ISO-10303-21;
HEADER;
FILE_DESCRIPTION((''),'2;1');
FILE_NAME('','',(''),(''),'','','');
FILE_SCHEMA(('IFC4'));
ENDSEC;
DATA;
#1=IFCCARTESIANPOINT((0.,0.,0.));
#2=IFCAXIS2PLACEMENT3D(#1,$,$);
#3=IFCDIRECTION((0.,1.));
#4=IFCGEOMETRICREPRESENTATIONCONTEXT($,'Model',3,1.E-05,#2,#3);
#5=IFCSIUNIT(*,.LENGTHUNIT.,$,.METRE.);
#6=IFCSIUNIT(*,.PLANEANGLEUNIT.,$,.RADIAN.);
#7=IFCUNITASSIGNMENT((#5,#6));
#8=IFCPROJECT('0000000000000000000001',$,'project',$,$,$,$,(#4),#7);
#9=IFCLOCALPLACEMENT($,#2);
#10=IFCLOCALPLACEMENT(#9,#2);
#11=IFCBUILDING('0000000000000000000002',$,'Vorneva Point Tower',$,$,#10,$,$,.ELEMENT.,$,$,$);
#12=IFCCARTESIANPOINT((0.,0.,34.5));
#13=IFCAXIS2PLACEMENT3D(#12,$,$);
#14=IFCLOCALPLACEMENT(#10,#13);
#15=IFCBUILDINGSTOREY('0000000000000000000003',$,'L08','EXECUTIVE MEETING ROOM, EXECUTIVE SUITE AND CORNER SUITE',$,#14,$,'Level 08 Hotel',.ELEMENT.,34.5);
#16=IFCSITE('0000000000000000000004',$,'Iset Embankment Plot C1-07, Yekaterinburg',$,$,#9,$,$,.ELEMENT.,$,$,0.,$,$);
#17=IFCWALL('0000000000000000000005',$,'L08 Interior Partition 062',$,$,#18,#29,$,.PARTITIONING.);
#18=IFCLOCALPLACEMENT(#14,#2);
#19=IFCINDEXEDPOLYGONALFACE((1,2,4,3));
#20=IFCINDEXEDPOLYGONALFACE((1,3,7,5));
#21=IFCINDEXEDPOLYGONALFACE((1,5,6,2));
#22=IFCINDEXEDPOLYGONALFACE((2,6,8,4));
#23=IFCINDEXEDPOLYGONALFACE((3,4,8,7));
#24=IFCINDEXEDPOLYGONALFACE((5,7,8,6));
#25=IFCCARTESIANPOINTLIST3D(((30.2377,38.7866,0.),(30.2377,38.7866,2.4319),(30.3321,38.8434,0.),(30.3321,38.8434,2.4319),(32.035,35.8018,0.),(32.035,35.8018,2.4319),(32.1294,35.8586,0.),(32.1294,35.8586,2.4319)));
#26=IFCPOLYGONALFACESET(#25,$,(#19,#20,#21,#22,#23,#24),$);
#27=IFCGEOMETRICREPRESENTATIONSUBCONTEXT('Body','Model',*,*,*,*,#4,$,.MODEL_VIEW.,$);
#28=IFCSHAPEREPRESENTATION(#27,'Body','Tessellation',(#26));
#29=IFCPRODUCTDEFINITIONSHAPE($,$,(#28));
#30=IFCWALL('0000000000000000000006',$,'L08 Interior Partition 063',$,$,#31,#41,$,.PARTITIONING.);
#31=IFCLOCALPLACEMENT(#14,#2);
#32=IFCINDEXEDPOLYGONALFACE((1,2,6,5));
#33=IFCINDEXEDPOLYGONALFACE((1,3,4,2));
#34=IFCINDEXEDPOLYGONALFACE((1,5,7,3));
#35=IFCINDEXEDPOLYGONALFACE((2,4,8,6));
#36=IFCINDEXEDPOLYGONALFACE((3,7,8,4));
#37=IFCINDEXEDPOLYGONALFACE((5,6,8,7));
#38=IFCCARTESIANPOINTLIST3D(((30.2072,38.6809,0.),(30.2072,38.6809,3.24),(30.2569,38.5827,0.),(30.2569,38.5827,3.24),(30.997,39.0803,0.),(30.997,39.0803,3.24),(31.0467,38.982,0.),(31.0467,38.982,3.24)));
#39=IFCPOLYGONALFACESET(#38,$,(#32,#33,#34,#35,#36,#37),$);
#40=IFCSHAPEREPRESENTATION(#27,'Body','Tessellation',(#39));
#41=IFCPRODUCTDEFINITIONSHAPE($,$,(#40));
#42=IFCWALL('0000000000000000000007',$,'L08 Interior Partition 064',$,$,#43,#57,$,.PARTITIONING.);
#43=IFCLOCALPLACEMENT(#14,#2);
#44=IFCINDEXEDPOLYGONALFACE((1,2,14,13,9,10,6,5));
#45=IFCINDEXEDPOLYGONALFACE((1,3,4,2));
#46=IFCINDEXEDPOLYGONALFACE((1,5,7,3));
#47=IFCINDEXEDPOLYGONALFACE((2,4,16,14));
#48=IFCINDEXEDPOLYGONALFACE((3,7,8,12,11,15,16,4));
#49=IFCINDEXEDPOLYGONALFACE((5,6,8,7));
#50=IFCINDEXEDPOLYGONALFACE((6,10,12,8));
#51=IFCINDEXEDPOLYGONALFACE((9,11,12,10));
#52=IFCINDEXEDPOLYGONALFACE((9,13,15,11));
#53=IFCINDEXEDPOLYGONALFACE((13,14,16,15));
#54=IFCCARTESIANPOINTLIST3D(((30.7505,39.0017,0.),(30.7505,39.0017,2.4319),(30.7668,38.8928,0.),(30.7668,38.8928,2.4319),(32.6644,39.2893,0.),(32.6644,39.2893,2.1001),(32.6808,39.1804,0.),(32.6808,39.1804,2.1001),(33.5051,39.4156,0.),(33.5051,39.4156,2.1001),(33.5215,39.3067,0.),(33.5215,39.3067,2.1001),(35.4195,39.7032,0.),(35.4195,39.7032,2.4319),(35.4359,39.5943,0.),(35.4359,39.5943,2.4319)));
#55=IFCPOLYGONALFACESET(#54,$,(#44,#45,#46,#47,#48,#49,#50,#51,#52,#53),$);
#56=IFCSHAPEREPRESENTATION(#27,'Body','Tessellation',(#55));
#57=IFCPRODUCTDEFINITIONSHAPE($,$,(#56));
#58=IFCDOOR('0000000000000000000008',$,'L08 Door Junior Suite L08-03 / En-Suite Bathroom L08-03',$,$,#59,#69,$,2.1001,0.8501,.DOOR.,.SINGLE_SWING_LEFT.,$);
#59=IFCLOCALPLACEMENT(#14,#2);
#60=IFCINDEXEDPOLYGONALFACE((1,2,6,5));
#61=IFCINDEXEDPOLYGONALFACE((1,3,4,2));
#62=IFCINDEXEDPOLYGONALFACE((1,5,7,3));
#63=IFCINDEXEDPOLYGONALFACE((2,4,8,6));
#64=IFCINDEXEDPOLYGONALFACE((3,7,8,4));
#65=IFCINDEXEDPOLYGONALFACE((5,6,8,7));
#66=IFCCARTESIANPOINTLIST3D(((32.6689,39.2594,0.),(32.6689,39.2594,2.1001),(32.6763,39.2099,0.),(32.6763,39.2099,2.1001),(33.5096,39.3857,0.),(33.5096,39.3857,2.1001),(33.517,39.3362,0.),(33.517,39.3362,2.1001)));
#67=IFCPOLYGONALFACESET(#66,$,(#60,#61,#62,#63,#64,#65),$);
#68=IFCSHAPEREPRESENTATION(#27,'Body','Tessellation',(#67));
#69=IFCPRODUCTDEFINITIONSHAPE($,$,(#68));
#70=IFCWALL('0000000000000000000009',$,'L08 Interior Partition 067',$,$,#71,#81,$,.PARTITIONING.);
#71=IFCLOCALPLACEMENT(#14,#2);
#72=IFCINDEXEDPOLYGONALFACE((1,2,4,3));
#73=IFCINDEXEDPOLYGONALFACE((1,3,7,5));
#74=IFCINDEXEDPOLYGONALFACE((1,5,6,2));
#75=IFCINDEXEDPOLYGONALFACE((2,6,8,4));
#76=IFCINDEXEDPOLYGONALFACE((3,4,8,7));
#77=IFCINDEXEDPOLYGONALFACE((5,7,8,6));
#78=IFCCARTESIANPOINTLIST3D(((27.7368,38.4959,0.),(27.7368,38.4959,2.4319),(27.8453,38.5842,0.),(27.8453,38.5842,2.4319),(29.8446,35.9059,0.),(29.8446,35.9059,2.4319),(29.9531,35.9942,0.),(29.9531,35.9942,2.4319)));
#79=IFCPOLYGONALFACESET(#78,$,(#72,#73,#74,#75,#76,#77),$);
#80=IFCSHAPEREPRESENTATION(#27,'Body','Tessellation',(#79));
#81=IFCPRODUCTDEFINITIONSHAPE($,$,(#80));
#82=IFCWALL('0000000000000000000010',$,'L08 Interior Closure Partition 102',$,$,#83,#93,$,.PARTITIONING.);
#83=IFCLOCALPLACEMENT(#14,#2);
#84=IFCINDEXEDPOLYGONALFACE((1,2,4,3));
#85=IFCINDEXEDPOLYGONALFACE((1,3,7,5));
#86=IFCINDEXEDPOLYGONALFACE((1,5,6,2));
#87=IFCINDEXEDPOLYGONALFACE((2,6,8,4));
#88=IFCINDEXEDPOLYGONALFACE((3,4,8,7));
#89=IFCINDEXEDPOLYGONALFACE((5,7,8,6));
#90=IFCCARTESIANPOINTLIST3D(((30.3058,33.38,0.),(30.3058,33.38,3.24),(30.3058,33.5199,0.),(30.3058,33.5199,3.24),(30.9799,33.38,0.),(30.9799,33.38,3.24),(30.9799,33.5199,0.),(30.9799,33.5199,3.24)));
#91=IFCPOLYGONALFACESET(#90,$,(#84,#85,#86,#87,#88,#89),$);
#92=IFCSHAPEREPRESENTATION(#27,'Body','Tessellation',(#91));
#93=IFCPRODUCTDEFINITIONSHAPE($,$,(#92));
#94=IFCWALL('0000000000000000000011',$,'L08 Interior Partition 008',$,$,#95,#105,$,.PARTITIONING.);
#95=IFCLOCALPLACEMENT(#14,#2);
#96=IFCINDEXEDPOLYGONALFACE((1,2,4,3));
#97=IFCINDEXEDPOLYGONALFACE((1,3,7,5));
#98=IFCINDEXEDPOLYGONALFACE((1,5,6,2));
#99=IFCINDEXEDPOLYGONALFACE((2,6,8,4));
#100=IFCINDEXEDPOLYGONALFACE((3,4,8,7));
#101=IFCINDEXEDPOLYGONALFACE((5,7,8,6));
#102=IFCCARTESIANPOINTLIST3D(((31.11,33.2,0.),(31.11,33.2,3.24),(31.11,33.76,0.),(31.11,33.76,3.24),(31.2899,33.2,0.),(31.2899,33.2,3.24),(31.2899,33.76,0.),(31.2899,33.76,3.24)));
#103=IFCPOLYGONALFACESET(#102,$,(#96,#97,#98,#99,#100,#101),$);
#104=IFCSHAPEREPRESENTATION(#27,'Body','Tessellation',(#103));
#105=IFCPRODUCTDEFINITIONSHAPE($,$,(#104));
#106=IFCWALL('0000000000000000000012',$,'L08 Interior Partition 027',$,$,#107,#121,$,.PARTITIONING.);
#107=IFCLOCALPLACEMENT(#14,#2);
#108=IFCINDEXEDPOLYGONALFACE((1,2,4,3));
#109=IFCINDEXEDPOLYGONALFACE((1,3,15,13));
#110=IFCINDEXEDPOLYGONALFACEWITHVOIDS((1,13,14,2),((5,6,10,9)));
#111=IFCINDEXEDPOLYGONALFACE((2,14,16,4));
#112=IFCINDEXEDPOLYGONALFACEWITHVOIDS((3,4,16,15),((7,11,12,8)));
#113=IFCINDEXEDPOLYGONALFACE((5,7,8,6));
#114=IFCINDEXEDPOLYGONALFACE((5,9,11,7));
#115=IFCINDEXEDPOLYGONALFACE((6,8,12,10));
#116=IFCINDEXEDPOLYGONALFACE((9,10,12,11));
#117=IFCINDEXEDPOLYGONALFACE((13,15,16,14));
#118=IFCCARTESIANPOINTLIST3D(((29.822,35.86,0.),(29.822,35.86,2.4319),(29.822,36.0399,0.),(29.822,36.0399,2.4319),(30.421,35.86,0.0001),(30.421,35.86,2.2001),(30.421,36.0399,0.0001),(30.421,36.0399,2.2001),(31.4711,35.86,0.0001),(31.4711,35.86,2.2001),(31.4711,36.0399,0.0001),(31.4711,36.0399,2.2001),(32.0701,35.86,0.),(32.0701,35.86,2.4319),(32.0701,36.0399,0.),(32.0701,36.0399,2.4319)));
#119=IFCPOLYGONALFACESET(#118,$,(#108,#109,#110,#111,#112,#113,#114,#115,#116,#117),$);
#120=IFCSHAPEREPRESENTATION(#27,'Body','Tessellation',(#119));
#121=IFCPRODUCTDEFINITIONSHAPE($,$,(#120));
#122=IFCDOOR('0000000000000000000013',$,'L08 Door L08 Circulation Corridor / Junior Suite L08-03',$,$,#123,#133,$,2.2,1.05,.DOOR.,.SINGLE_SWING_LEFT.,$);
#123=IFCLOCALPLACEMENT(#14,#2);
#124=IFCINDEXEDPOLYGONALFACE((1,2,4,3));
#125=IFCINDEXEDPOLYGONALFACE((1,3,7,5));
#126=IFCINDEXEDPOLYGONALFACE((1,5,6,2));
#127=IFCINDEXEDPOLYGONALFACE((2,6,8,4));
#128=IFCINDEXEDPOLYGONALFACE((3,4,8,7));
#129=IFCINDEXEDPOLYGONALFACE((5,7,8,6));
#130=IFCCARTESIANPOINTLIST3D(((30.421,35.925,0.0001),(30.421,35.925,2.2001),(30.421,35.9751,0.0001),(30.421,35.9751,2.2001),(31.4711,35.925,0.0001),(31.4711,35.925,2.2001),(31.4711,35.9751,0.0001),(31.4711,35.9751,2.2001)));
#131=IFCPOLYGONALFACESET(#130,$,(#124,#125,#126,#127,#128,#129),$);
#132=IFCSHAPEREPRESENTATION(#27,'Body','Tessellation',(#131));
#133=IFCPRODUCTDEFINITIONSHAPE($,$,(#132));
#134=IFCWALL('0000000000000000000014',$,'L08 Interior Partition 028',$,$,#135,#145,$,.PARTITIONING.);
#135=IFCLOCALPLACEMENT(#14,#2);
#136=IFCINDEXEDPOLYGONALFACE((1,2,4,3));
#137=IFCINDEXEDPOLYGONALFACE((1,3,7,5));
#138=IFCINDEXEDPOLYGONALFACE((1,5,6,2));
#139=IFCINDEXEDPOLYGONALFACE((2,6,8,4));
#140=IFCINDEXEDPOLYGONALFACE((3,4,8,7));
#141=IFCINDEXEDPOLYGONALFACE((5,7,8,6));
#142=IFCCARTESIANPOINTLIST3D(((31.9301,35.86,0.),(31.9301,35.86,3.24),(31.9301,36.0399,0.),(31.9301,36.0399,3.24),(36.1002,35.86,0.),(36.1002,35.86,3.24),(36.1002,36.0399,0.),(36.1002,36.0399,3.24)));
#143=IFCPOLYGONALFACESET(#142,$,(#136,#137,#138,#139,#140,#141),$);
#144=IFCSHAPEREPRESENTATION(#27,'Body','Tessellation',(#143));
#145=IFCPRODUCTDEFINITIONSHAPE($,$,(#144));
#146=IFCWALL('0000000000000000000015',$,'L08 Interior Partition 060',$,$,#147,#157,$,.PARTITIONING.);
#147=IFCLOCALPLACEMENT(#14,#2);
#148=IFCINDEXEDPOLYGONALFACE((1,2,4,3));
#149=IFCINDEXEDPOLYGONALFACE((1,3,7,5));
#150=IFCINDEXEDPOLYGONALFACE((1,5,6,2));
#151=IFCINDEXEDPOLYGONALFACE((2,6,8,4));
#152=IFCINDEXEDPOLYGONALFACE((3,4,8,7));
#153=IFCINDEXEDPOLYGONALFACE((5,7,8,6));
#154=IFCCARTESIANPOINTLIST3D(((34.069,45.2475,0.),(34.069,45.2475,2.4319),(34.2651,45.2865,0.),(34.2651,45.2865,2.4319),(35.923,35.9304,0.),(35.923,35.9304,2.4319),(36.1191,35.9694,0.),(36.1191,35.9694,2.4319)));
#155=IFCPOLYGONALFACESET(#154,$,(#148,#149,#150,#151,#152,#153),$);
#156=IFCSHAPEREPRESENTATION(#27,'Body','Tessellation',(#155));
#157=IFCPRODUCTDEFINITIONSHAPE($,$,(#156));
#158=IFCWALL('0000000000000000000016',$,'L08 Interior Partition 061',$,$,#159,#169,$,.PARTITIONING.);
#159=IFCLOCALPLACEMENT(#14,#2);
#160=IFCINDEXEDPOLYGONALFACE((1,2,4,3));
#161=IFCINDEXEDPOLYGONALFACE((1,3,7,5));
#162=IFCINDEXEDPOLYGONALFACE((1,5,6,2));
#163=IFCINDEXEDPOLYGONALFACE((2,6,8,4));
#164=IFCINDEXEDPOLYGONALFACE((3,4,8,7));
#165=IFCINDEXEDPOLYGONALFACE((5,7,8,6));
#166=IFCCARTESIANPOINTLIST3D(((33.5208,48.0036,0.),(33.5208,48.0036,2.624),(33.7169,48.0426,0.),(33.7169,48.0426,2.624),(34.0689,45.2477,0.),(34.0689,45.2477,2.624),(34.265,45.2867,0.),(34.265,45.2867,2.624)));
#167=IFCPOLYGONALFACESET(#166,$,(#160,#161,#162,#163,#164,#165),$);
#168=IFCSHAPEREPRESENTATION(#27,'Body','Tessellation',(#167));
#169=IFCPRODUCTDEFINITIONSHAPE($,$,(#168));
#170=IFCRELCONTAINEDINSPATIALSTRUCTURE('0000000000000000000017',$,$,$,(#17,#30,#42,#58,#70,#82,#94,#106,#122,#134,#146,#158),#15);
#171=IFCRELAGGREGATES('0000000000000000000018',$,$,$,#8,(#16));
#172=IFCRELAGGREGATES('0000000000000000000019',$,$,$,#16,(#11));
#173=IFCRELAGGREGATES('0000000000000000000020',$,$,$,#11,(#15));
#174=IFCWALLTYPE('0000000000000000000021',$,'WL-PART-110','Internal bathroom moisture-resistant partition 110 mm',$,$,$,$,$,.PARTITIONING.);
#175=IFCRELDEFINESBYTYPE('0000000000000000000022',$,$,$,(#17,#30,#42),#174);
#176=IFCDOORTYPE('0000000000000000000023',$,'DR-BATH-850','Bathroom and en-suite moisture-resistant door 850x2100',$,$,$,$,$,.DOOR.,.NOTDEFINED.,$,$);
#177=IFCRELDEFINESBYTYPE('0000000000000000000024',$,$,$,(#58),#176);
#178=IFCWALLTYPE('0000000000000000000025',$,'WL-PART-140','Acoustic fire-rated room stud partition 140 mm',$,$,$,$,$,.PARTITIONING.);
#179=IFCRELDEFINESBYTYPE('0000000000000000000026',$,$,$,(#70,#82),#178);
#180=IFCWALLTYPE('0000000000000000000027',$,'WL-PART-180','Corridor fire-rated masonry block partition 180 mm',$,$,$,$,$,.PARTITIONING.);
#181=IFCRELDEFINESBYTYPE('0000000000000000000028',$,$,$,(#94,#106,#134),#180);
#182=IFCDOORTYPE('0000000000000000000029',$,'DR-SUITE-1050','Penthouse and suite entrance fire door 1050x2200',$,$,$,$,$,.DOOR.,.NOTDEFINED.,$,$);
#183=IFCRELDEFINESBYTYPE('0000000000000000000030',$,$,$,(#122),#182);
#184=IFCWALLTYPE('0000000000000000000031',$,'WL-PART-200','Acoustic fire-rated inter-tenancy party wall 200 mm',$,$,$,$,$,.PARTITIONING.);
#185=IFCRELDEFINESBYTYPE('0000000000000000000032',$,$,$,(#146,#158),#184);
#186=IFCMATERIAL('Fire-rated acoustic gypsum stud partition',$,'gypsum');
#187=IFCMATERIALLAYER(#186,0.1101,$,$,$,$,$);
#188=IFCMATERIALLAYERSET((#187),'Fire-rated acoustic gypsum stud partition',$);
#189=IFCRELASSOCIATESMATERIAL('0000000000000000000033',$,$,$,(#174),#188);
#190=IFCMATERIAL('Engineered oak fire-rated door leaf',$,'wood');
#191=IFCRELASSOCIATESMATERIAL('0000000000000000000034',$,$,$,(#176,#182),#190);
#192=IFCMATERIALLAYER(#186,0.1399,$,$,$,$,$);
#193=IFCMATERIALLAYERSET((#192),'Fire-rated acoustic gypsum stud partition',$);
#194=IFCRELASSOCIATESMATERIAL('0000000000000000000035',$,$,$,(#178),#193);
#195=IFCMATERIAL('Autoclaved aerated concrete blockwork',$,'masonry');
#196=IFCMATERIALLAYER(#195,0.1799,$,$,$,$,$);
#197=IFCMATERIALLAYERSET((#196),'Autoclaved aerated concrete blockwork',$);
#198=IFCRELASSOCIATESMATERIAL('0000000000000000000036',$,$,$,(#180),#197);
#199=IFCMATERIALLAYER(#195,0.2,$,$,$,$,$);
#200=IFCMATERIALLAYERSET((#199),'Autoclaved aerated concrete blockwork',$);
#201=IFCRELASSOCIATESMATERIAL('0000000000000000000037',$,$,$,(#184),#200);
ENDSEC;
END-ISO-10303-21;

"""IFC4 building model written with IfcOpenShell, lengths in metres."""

from ifc_helpers import new_model, si_unit, direction, frame, frame_2d, origin, place, context, subcontext, project, spatial, rectangle, extrude, material, layer, layer_set, type_object, element, fill, save


model = new_model("IFC4")

# Units and contexts
model_context = context("Model", 3, precision=1e-05, world=origin(), true_north=direction((0.0, 1.0)))
body_context = subcontext(model_context, "Body", "Model", "MODEL_VIEW")
ifc_project = project(units=[si_unit("LENGTHUNIT", "METRE"), si_unit("PLANEANGLEUNIT", "RADIAN")], contexts=[model_context])

# Site, building, storey
site_placement = place(None, origin())
site = spatial("IfcSite", under=ifc_project, at=site_placement, Name="Iset Embankment Plot C1-07, Yekaterinburg", CompositionType="ELEMENT", RefElevation=0.0)
building_placement = place(site_placement, origin())
building = spatial("IfcBuilding", under=site, at=building_placement, Name="Vorneva Point Tower", CompositionType="ELEMENT")
storey_placement = place(building_placement, frame((0.0, 0.0, 34.5)))
storey = spatial("IfcBuildingStorey", under=building, at=storey_placement, Name="L08", Description="EXECUTIVE MEETING ROOM, EXECUTIVE SUITE AND CORNER SUITE", LongName="Level 08 Hotel", CompositionType="ELEMENT", Elevation=34.5)

# Walls
ifc_material_1 = material(Name="Fire-rated acoustic gypsum stud partition", Category="gypsum")
ifc_layer_1 = layer(ifc_material_1, 0.1101)
ifc_layer_set_1 = layer_set([ifc_layer_1], Name="Fire-rated acoustic gypsum stud partition")
wall_type_1 = type_object("IfcWallType", Name="WL-PART-110", Description="Internal bathroom moisture-resistant partition 110 mm", PredefinedType="PARTITIONING", material=ifc_layer_set_1)
wall_1_placement = place(storey_placement, frame((32.0823, 35.8301, 0.0), z_axis=(0.0, 0.0, 1.0), x_axis=(-0.515855, 0.856676, 0.0)))
element("IfcWall", 1, at=wall_1_placement, inside=storey, type_object=wall_type_1, Name="L08 Interior Partition 062", PredefinedType="PARTITIONING", context=body_context, shape_type="SweptSolid", body=[
    extrude(rectangle(XDim=3.4841, YDim=0.1101, at=frame_2d((1.7422, 0.0))), origin(), (0.0, 0.0, 1.0), 2.4319),
])
wall_2_placement = place(storey_placement, frame((30.2322, 38.6318, 0.0), z_axis=(0.0, 0.0, 1.0), x_axis=(0.892377, 0.451292, 0.0)))
element("IfcWall", 2, at=wall_2_placement, inside=storey, type_object=wall_type_1, Name="L08 Interior Partition 063", PredefinedType="PARTITIONING", context=body_context, shape_type="SweptSolid", body=[
    extrude(rectangle(XDim=0.885, YDim=0.1101, at=frame_2d((0.4424, 0.0))), origin(), (0.0, 0.0, 1.0), 3.24),
])

# Wall, opening, door
wall_3_placement = place(storey_placement, frame((30.7585, 38.9473, 0.0), z_axis=(0.0, 0.0, 1.0), x_axis=(0.988903, 0.148563, 0.0)))
wall_3 = element("IfcWall", 3, at=wall_3_placement, inside=storey, type_object=wall_type_1, Name="L08 Interior Partition 064", PredefinedType="PARTITIONING", context=body_context, shape_type="SweptSolid", body=[
    extrude(rectangle(XDim=4.7214, YDim=0.1101, at=frame_2d((2.3608, 0.0))), origin(), (0.0, 0.0, 1.0), 2.4319),
])
opening_1_placement = place(wall_3_placement, frame((1.9355, 0.0, 0.0)))
opening_1 = element("IfcOpeningElement", 4, at=opening_1_placement, cuts=wall_3, PredefinedType="OPENING", context=body_context, shape_type="SweptSolid", body=[
    extrude(rectangle(XDim=0.8501, YDim=2.1001, at=frame_2d((0.425, 1.05))), frame((0.0, 0.0698, 0.0), z_axis=(0.0, -1.0, 0.0), x_axis=(1.0, 0.0, 0.0)), (0.0, 0.0, 1.0), 0.1399),
])
ifc_material_2 = material(Name="Engineered oak fire-rated door leaf", Category="wood")
door_type_1 = type_object("IfcDoorType", Name="DR-BATH-850", Description="Bathroom and en-suite moisture-resistant door 850x2100", OperationType="NOTDEFINED", PredefinedType="DOOR", material=ifc_material_2)
door_1_placement = place(opening_1_placement, origin())
door_1 = element("IfcDoor", 5, at=door_1_placement, inside=storey, type_object=door_type_1, Name="L08 Door Junior Suite L08-03 / En-Suite Bathroom L08-03", OperationType="SINGLE_SWING_LEFT", OverallHeight=2.1001, OverallWidth=0.8501, PredefinedType="DOOR", context=body_context, shape_type="SweptSolid", body=[
    extrude(rectangle(XDim=0.8501, YDim=2.1001, at=frame_2d((0.425, 1.05))), frame((0.0, 0.0249, 0.0), z_axis=(0.0, -1.0, 0.0), x_axis=(1.0, 0.0, 0.0)), (0.0, 0.0, 1.0), 0.05),
])
fill(opening_1, door_1)

# Walls
ifc_layer_2 = layer(ifc_material_1, 0.1399)
ifc_layer_set_2 = layer_set([ifc_layer_2], Name="Fire-rated acoustic gypsum stud partition")
wall_type_2 = type_object("IfcWallType", Name="WL-PART-140", Description="Acoustic fire-rated room stud partition 140 mm", PredefinedType="PARTITIONING", material=ifc_layer_set_2)
wall_4_placement = place(storey_placement, frame((27.791, 38.54, 0.0), z_axis=(0.0, 0.0, 1.0), x_axis=(0.631217, -0.775606, 0.0)))
element("IfcWall", 6, at=wall_4_placement, inside=storey, type_object=wall_type_2, Name="L08 Interior Partition 067", PredefinedType="PARTITIONING", context=body_context, shape_type="SweptSolid", body=[
    extrude(rectangle(XDim=3.3394, YDim=0.1399, at=frame_2d((1.6697, 0.0))), origin(), (0.0, 0.0, 1.0), 2.4319),
])
wall_5_placement = place(storey_placement, frame((30.3059, 33.45, 0.0), z_axis=(0.0, 0.0, 1.0), x_axis=(1.0, 0.0, 0.0)))
element("IfcWall", 7, at=wall_5_placement, inside=storey, type_object=wall_type_2, Name="L08 Interior Closure Partition 102", PredefinedType="PARTITIONING", context=body_context, shape_type="SweptSolid", body=[
    extrude(rectangle(XDim=0.6741, YDim=0.1399, at=frame_2d((0.3369, 0.0))), origin(), (0.0, 0.0, 1.0), 3.24),
])

# Shared definitions
ifc_material_3 = material(Name="Autoclaved aerated concrete blockwork", Category="masonry")
ifc_layer_3 = layer(ifc_material_3, 0.1799)
ifc_layer_set_3 = layer_set([ifc_layer_3], Name="Autoclaved aerated concrete blockwork")
wall_type_3 = type_object("IfcWallType", Name="WL-PART-180", Description="Corridor fire-rated masonry block partition 180 mm", PredefinedType="PARTITIONING", material=ifc_layer_set_3)

# Wall
wall_6_placement = place(storey_placement, frame((31.2, 33.76, 0.0), z_axis=(0.0, 0.0, 1.0), x_axis=(0.0, -1.0, 0.0)))
element("IfcWall", 8, at=wall_6_placement, inside=storey, type_object=wall_type_3, Name="L08 Interior Partition 008", PredefinedType="PARTITIONING", context=body_context, shape_type="SweptSolid", body=[
    extrude(rectangle(XDim=0.5601, YDim=0.1799, at=frame_2d((0.28, 0.0))), origin(), (0.0, 0.0, 1.0), 3.24),
])

# Wall, opening, door
wall_7_placement = place(storey_placement, frame((32.0701, 35.95, 0.0), z_axis=(0.0, 0.0, 1.0), x_axis=(-1.0, 0.0, 0.0)))
wall_7 = element("IfcWall", 9, at=wall_7_placement, inside=storey, type_object=wall_type_3, Name="L08 Interior Partition 027", PredefinedType="PARTITIONING", context=body_context, shape_type="SweptSolid", body=[
    extrude(rectangle(XDim=2.248, YDim=0.1799, at=frame_2d((1.124, 0.0))), origin(), (0.0, 0.0, 1.0), 2.4319),
])
opening_2_placement = place(wall_7_placement, frame((0.5991, 0.0, 0.0)))
opening_2 = element("IfcOpeningElement", 10, at=opening_2_placement, cuts=wall_7, PredefinedType="OPENING", context=body_context, shape_type="SweptSolid", body=[
    extrude(rectangle(XDim=1.05, YDim=2.2, at=frame_2d((0.5249, 1.1001))), frame((0.0, 0.105, 0.0), z_axis=(0.0, -1.0, 0.0), x_axis=(1.0, 0.0, 0.0)), (0.0, 0.0, 1.0), 0.2097),
])
door_type_2 = type_object("IfcDoorType", Name="DR-SUITE-1050", Description="Penthouse and suite entrance fire door 1050x2200", OperationType="NOTDEFINED", PredefinedType="DOOR", material=ifc_material_2)
door_2_placement = place(opening_2_placement, origin())
door_2 = element("IfcDoor", 11, at=door_2_placement, inside=storey, type_object=door_type_2, Name="L08 Door L08 Circulation Corridor / Junior Suite L08-03", OperationType="SINGLE_SWING_LEFT", OverallHeight=2.2, OverallWidth=1.05, PredefinedType="DOOR", context=body_context, shape_type="SweptSolid", body=[
    extrude(rectangle(XDim=1.05, YDim=2.2, at=frame_2d((0.5249, 1.1001))), frame((0.0, 0.0249, 0.0), z_axis=(0.0, -1.0, 0.0), x_axis=(1.0, 0.0, 0.0)), (0.0, 0.0, 1.0), 0.05),
])
fill(opening_2, door_2)

# Wall
wall_8_placement = place(storey_placement, frame((36.1001, 35.95, 0.0), z_axis=(0.0, 0.0, 1.0), x_axis=(-1.0, 0.0, 0.0)))
element("IfcWall", 12, at=wall_8_placement, inside=storey, type_object=wall_type_3, Name="L08 Interior Partition 028", PredefinedType="PARTITIONING", context=body_context, shape_type="SweptSolid", body=[
    extrude(rectangle(XDim=4.1702, YDim=0.1799, at=frame_2d((2.085, 0.0))), origin(), (0.0, 0.0, 1.0), 3.24),
])

# Walls
ifc_layer_4 = layer(ifc_material_3, 0.2)
ifc_layer_set_4 = layer_set([ifc_layer_4], Name="Autoclaved aerated concrete blockwork")
wall_type_4 = type_object("IfcWallType", Name="WL-PART-200", Description="Acoustic fire-rated inter-tenancy party wall 200 mm", PredefinedType="PARTITIONING", material=ifc_layer_set_4)
wall_9_placement = place(storey_placement, frame((34.167, 45.2671, 0.0), z_axis=(0.0, 0.0, 1.0), x_axis=(0.195162, -0.980771, 0.0)))
element("IfcWall", 13, at=wall_9_placement, inside=storey, type_object=wall_type_4, Name="L08 Interior Partition 060", PredefinedType="PARTITIONING", context=body_context, shape_type="SweptSolid", body=[
    extrude(rectangle(XDim=9.4998, YDim=0.2, at=frame_2d((4.75, 0.0))), origin(), (0.0, 0.0, 1.0), 2.4319),
])
wall_10_placement = place(storey_placement, frame((33.6189, 48.0229, 0.0), z_axis=(0.0, 0.0, 1.0), x_axis=(0.195063, -0.980791, 0.0)))
element("IfcWall", 14, at=wall_10_placement, inside=storey, type_object=wall_type_4, Name="L08 Interior Partition 061", PredefinedType="PARTITIONING", context=body_context, shape_type="SweptSolid", body=[
    extrude(rectangle(XDim=2.8098, YDim=0.2, at=frame_2d((1.4048, 0.0))), origin(), (0.0, 0.0, 1.0), 2.624),
])

save(model, "model.ifc")
